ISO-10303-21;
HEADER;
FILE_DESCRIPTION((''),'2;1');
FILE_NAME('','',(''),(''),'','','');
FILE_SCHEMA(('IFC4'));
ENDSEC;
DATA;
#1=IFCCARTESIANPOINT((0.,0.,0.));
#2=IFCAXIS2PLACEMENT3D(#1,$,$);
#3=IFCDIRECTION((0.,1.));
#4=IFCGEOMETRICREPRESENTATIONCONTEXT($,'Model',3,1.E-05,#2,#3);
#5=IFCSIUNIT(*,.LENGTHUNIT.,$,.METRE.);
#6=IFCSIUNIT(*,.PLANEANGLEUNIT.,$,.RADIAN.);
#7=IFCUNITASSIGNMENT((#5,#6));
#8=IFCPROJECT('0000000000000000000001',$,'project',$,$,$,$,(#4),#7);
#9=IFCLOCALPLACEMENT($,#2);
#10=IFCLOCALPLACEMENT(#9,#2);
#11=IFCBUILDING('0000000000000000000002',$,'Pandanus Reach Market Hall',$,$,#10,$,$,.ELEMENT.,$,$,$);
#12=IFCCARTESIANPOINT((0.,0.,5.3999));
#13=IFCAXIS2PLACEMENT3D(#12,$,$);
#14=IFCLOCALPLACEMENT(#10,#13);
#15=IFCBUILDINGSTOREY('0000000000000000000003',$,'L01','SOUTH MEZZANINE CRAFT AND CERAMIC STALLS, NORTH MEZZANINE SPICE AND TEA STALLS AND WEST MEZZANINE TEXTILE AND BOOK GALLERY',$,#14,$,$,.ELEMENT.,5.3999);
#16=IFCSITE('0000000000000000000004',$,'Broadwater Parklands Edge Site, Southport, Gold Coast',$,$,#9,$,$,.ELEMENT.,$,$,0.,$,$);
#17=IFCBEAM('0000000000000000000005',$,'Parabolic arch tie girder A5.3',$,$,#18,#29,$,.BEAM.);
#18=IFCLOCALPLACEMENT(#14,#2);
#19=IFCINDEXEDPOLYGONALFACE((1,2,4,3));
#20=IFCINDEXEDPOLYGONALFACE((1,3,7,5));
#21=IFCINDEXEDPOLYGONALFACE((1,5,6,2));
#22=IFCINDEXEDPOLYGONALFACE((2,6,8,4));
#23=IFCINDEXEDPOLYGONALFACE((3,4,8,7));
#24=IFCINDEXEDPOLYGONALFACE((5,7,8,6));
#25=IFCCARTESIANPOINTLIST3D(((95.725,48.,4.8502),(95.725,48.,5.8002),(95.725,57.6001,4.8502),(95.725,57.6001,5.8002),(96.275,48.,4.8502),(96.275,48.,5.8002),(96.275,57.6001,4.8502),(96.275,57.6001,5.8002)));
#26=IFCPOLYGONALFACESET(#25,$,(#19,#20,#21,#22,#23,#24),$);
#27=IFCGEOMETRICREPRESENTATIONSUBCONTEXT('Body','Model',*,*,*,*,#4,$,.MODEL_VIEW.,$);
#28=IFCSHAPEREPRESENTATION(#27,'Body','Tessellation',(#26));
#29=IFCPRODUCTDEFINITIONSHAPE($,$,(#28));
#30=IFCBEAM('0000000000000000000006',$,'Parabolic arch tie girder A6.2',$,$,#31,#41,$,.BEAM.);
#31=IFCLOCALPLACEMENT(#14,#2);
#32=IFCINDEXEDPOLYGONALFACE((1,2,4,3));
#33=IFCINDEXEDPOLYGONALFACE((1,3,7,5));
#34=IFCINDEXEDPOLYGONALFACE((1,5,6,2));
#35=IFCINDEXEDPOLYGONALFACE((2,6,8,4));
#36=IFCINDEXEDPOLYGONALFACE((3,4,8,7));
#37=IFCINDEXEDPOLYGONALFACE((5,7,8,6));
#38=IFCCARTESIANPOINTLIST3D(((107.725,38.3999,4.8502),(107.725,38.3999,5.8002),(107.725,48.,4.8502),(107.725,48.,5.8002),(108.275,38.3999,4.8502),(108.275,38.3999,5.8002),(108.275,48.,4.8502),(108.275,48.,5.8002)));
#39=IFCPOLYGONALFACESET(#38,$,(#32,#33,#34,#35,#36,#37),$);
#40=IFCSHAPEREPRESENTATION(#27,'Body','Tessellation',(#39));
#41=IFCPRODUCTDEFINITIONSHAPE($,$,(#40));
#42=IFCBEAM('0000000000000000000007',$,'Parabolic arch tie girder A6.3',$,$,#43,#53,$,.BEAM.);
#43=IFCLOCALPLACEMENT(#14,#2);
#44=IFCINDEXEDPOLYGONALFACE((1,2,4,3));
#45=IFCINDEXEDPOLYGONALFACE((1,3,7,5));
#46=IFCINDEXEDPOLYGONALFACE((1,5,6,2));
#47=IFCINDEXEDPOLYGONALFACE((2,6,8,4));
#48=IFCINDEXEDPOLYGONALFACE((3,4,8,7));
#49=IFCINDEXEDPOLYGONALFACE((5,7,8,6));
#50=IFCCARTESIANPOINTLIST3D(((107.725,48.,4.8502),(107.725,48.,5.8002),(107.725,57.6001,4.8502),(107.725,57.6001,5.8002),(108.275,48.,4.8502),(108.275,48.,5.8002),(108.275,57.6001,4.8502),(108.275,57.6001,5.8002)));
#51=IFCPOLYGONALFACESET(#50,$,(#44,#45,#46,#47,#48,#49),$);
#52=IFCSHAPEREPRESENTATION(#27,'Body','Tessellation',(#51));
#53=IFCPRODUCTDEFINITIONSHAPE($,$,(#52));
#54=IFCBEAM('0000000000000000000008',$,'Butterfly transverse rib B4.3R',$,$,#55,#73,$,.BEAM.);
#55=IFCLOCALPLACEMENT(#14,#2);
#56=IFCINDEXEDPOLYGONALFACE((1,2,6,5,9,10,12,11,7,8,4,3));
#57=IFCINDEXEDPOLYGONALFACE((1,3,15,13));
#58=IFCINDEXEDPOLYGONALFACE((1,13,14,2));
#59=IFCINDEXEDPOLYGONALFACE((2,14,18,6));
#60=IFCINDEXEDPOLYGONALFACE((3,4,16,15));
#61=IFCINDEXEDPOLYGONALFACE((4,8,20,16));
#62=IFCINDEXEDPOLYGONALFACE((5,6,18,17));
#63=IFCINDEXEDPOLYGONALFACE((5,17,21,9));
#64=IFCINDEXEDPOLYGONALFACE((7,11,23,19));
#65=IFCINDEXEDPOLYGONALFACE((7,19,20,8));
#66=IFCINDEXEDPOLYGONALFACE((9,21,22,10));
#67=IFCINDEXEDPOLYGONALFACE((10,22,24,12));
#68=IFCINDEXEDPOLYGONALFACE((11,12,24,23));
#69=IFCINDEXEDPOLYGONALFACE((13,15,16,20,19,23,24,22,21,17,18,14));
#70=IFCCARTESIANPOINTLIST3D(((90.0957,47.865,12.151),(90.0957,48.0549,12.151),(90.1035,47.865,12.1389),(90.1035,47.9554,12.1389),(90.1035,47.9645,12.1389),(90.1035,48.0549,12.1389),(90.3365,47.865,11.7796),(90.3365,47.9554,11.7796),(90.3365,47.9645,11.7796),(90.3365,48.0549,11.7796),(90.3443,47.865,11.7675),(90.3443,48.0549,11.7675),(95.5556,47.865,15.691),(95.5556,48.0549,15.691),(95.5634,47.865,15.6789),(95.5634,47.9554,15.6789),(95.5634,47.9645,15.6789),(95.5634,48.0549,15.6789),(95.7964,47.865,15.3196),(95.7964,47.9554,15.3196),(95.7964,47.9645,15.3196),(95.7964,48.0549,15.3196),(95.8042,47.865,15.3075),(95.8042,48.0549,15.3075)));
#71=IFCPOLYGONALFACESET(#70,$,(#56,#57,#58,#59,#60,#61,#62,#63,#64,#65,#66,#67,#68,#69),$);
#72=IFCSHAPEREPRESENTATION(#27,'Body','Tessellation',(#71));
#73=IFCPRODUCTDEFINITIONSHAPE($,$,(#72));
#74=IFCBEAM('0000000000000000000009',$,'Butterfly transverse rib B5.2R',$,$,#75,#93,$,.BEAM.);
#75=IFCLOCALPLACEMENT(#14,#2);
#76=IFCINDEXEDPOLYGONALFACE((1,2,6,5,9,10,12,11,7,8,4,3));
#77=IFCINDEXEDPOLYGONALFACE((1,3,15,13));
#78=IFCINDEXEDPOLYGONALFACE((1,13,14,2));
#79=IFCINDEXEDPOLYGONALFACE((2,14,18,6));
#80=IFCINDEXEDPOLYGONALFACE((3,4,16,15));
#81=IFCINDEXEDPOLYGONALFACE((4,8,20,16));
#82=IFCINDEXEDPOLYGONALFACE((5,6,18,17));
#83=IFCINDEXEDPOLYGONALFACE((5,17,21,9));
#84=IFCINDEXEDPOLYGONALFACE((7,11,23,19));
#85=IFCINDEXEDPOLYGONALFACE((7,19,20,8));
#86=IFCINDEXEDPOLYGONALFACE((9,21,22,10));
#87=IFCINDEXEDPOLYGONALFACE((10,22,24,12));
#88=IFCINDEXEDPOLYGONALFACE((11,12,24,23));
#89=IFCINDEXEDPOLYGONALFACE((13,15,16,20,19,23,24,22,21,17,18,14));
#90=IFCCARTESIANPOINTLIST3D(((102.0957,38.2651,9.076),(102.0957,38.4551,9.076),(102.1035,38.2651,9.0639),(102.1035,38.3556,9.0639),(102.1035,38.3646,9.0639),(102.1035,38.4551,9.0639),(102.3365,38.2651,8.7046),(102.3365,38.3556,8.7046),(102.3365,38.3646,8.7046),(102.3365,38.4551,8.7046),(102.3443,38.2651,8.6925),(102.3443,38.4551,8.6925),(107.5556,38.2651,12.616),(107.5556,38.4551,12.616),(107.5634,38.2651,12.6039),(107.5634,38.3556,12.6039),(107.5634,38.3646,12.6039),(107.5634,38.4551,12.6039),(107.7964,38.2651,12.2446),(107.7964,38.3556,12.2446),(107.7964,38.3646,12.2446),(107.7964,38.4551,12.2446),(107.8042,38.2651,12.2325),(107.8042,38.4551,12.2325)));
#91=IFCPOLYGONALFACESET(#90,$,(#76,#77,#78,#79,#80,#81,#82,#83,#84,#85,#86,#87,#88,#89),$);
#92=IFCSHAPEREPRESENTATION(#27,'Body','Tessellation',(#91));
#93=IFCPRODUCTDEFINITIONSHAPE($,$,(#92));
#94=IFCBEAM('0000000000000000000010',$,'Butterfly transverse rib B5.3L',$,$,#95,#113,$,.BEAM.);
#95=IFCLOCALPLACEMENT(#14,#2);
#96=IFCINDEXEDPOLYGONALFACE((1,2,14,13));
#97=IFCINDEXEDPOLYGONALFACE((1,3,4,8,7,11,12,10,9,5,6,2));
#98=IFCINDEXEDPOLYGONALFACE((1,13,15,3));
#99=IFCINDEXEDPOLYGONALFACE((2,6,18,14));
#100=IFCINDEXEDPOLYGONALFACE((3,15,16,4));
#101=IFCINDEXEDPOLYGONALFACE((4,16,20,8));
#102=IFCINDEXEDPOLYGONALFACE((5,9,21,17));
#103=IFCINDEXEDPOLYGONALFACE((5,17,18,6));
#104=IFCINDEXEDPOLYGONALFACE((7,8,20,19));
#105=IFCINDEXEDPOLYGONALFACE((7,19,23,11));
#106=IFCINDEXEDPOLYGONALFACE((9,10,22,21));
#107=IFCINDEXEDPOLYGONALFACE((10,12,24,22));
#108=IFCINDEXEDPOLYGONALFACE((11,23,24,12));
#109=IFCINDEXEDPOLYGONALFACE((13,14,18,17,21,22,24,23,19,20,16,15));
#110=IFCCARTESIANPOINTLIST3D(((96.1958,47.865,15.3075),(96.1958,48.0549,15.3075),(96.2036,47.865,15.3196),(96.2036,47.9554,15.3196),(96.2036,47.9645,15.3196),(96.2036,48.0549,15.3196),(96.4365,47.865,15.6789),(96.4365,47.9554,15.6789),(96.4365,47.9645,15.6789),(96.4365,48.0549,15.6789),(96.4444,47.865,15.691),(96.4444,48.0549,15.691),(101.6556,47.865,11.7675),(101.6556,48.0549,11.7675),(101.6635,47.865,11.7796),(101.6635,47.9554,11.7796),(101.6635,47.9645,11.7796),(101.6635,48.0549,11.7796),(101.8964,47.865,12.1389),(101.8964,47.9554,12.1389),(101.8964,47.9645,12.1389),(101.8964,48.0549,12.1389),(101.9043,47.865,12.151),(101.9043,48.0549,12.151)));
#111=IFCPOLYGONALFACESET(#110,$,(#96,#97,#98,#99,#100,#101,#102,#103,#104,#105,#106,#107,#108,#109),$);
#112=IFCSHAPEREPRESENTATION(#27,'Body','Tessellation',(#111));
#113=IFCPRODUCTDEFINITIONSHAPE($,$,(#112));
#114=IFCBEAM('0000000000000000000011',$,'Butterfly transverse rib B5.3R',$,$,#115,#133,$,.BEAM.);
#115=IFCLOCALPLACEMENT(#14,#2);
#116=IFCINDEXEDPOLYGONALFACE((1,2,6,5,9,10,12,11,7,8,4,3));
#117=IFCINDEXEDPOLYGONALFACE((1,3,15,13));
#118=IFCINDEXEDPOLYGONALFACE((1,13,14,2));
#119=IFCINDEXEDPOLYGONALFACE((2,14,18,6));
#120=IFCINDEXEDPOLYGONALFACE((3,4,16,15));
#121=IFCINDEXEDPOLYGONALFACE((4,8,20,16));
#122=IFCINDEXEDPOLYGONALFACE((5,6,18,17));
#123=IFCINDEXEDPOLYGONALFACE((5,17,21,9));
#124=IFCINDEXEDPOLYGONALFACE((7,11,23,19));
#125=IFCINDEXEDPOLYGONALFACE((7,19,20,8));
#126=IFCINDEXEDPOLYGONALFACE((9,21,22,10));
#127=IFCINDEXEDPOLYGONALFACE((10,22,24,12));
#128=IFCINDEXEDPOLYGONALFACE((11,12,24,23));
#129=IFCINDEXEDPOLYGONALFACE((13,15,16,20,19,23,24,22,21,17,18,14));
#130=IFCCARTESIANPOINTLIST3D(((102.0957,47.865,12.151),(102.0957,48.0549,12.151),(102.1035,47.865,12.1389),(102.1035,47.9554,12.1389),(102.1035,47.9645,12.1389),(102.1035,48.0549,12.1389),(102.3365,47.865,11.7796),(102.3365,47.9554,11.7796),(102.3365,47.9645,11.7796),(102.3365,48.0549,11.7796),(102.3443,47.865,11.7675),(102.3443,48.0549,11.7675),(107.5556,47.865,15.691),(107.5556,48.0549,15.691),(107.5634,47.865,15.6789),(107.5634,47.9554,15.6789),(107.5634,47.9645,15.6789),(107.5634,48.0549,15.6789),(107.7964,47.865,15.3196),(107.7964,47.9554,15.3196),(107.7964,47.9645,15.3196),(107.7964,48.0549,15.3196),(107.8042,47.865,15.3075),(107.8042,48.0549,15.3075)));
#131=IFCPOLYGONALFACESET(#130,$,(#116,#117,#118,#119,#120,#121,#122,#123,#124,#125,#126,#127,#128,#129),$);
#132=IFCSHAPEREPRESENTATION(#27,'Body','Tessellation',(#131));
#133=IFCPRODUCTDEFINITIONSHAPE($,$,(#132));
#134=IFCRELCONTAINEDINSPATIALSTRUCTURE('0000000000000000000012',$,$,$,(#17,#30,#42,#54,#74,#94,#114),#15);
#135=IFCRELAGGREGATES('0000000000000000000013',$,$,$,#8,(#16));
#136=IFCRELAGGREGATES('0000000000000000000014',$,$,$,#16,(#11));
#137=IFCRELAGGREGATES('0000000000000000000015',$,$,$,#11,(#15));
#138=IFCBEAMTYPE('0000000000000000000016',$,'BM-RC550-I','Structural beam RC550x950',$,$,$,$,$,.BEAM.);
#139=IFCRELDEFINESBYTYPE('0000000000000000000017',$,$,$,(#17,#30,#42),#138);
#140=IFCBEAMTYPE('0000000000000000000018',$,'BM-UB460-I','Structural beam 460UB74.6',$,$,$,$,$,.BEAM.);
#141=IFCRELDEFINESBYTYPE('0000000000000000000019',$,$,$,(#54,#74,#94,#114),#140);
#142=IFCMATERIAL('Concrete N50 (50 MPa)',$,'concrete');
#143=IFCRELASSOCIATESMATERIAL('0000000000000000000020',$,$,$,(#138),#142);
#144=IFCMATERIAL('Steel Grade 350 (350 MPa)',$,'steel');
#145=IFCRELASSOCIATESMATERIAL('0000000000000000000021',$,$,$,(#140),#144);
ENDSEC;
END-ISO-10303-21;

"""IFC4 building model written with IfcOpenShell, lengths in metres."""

from ifc_helpers import new_model, si_unit, direction, frame, origin, origin_2d, place, context, subcontext, project, spatial, rectangle, i_section, extrude, material, material_profile, profile_set, type_object, element, save


model = new_model("IFC4")

# Units and contexts
model_context = context("Model", 3, precision=1e-05, world=origin(), true_north=direction((0.0, 1.0)))
body_context = subcontext(model_context, "Body", "Model", "MODEL_VIEW")
ifc_project = project(units=[si_unit("LENGTHUNIT", "METRE"), si_unit("PLANEANGLEUNIT", "RADIAN")], contexts=[model_context])

# Site, building, storey
site_placement = place(None, origin())
site = spatial("IfcSite", under=ifc_project, at=site_placement, Name="Broadwater Parklands Edge Site, Southport, Gold Coast", CompositionType="ELEMENT", RefElevation=0.0)
building_placement = place(site_placement, origin())
building = spatial("IfcBuilding", under=site, at=building_placement, Name="Pandanus Reach Market Hall", CompositionType="ELEMENT")
storey_placement = place(building_placement, frame((0.0, 0.0, 5.3999)))
storey = spatial("IfcBuildingStorey", under=building, at=storey_placement, Name="L01", Description="SOUTH MEZZANINE CRAFT AND CERAMIC STALLS, NORTH MEZZANINE SPICE AND TEA STALLS AND WEST MEZZANINE TEXTILE AND BOOK GALLERY", CompositionType="ELEMENT", Elevation=5.3999)

# Shared definitions
ifc_material_1 = material(Name="Concrete N50 (50 MPa)", Category="concrete")

# Beams
ifc_material_profile_1 = material_profile(ifc_material_1, rectangle(XDim=0.55, YDim=0.95, at=origin_2d()), Name="RC550x950", Category="LoadBearing")
ifc_profile_set_1 = profile_set([ifc_material_profile_1], Name="Concrete N50 (50 MPa)")
beam_type_1 = type_object("IfcBeamType", Name="BM-RC550-I", Description="Structural beam RC550x950", PredefinedType="BEAM", material=ifc_profile_set_1)
for number, where, z_axis, x_axis, name in (
    (1, (96.0, 48.0, 5.3252), (0.0, 1.0, 0.0), (-1.0, 0.0, 0.0), "Parabolic arch tie girder A5.3"),
    (2, (108.0, 38.3999, 5.3252), (0.0, 1.0, 0.0), (-1.0, 0.0, 0.0), "Parabolic arch tie girder A6.2"),
    (3, (108.0, 48.0, 5.3252), (0.0, 1.0, 0.0), (-1.0, 0.0, 0.0), "Parabolic arch tie girder A6.3"),
):
    element("IfcBeam", number, at=place(storey_placement, frame(where, z_axis=z_axis, x_axis=x_axis)), inside=storey, type_object=beam_type_1, Name=name, PredefinedType="BEAM", context=body_context, shape_type="SweptSolid", body=[
        extrude(rectangle(XDim=0.55, YDim=0.95, at=origin_2d()), origin(), (0.0, 0.0, 1.0), 9.6001),
    ])
ifc_material_2 = material(Name="Steel Grade 350 (350 MPa)", Category="steel")
ifc_material_profile_2 = material_profile(ifc_material_2, i_section(OverallWidth=0.1899, OverallDepth=0.457, WebThickness=0.009, FlangeThickness=0.0144, at=origin_2d()), Name="460UB74.6", Category="LoadBearing")
ifc_profile_set_2 = profile_set([ifc_material_profile_2], Name="Steel Grade 350 (350 MPa)")
beam_type_2 = type_object("IfcBeamType", Name="BM-UB460-I", Description="Structural beam 460UB74.6", PredefinedType="BEAM", material=ifc_profile_set_2)
for number, where, z_axis, x_axis, name in (
    (4, (90.22, 47.96, 11.9592), (0.839071, 0.0, 0.544023), (0.0, 1.0, 0.0), "Butterfly transverse rib B4.3R"),
    (5, (102.22, 38.3601, 8.8843), (0.839071, 0.0, 0.544023), (0.0, 1.0, 0.0), "Butterfly transverse rib B5.2R"),
    (6, (96.3201, 47.96, 15.4993), (0.839071, 0.0, -0.544023), (0.0, 1.0, 0.0), "Butterfly transverse rib B5.3L"),
    (7, (102.22, 47.96, 11.9592), (0.839071, 0.0, 0.544023), (0.0, 1.0, 0.0), "Butterfly transverse rib B5.3R"),
):
    element("IfcBeam", number, at=place(storey_placement, frame(where, z_axis=z_axis, x_axis=x_axis)), inside=storey, type_object=beam_type_2, Name=name, PredefinedType="BEAM", context=body_context, shape_type="SweptSolid", body=[
        extrude(i_section(OverallWidth=0.1899, OverallDepth=0.457, WebThickness=0.009, FlangeThickness=0.0144, at=origin_2d()), origin(), (0.0, 0.0, 1.0), 6.5071),
    ])

save(model, "model.ifc")
